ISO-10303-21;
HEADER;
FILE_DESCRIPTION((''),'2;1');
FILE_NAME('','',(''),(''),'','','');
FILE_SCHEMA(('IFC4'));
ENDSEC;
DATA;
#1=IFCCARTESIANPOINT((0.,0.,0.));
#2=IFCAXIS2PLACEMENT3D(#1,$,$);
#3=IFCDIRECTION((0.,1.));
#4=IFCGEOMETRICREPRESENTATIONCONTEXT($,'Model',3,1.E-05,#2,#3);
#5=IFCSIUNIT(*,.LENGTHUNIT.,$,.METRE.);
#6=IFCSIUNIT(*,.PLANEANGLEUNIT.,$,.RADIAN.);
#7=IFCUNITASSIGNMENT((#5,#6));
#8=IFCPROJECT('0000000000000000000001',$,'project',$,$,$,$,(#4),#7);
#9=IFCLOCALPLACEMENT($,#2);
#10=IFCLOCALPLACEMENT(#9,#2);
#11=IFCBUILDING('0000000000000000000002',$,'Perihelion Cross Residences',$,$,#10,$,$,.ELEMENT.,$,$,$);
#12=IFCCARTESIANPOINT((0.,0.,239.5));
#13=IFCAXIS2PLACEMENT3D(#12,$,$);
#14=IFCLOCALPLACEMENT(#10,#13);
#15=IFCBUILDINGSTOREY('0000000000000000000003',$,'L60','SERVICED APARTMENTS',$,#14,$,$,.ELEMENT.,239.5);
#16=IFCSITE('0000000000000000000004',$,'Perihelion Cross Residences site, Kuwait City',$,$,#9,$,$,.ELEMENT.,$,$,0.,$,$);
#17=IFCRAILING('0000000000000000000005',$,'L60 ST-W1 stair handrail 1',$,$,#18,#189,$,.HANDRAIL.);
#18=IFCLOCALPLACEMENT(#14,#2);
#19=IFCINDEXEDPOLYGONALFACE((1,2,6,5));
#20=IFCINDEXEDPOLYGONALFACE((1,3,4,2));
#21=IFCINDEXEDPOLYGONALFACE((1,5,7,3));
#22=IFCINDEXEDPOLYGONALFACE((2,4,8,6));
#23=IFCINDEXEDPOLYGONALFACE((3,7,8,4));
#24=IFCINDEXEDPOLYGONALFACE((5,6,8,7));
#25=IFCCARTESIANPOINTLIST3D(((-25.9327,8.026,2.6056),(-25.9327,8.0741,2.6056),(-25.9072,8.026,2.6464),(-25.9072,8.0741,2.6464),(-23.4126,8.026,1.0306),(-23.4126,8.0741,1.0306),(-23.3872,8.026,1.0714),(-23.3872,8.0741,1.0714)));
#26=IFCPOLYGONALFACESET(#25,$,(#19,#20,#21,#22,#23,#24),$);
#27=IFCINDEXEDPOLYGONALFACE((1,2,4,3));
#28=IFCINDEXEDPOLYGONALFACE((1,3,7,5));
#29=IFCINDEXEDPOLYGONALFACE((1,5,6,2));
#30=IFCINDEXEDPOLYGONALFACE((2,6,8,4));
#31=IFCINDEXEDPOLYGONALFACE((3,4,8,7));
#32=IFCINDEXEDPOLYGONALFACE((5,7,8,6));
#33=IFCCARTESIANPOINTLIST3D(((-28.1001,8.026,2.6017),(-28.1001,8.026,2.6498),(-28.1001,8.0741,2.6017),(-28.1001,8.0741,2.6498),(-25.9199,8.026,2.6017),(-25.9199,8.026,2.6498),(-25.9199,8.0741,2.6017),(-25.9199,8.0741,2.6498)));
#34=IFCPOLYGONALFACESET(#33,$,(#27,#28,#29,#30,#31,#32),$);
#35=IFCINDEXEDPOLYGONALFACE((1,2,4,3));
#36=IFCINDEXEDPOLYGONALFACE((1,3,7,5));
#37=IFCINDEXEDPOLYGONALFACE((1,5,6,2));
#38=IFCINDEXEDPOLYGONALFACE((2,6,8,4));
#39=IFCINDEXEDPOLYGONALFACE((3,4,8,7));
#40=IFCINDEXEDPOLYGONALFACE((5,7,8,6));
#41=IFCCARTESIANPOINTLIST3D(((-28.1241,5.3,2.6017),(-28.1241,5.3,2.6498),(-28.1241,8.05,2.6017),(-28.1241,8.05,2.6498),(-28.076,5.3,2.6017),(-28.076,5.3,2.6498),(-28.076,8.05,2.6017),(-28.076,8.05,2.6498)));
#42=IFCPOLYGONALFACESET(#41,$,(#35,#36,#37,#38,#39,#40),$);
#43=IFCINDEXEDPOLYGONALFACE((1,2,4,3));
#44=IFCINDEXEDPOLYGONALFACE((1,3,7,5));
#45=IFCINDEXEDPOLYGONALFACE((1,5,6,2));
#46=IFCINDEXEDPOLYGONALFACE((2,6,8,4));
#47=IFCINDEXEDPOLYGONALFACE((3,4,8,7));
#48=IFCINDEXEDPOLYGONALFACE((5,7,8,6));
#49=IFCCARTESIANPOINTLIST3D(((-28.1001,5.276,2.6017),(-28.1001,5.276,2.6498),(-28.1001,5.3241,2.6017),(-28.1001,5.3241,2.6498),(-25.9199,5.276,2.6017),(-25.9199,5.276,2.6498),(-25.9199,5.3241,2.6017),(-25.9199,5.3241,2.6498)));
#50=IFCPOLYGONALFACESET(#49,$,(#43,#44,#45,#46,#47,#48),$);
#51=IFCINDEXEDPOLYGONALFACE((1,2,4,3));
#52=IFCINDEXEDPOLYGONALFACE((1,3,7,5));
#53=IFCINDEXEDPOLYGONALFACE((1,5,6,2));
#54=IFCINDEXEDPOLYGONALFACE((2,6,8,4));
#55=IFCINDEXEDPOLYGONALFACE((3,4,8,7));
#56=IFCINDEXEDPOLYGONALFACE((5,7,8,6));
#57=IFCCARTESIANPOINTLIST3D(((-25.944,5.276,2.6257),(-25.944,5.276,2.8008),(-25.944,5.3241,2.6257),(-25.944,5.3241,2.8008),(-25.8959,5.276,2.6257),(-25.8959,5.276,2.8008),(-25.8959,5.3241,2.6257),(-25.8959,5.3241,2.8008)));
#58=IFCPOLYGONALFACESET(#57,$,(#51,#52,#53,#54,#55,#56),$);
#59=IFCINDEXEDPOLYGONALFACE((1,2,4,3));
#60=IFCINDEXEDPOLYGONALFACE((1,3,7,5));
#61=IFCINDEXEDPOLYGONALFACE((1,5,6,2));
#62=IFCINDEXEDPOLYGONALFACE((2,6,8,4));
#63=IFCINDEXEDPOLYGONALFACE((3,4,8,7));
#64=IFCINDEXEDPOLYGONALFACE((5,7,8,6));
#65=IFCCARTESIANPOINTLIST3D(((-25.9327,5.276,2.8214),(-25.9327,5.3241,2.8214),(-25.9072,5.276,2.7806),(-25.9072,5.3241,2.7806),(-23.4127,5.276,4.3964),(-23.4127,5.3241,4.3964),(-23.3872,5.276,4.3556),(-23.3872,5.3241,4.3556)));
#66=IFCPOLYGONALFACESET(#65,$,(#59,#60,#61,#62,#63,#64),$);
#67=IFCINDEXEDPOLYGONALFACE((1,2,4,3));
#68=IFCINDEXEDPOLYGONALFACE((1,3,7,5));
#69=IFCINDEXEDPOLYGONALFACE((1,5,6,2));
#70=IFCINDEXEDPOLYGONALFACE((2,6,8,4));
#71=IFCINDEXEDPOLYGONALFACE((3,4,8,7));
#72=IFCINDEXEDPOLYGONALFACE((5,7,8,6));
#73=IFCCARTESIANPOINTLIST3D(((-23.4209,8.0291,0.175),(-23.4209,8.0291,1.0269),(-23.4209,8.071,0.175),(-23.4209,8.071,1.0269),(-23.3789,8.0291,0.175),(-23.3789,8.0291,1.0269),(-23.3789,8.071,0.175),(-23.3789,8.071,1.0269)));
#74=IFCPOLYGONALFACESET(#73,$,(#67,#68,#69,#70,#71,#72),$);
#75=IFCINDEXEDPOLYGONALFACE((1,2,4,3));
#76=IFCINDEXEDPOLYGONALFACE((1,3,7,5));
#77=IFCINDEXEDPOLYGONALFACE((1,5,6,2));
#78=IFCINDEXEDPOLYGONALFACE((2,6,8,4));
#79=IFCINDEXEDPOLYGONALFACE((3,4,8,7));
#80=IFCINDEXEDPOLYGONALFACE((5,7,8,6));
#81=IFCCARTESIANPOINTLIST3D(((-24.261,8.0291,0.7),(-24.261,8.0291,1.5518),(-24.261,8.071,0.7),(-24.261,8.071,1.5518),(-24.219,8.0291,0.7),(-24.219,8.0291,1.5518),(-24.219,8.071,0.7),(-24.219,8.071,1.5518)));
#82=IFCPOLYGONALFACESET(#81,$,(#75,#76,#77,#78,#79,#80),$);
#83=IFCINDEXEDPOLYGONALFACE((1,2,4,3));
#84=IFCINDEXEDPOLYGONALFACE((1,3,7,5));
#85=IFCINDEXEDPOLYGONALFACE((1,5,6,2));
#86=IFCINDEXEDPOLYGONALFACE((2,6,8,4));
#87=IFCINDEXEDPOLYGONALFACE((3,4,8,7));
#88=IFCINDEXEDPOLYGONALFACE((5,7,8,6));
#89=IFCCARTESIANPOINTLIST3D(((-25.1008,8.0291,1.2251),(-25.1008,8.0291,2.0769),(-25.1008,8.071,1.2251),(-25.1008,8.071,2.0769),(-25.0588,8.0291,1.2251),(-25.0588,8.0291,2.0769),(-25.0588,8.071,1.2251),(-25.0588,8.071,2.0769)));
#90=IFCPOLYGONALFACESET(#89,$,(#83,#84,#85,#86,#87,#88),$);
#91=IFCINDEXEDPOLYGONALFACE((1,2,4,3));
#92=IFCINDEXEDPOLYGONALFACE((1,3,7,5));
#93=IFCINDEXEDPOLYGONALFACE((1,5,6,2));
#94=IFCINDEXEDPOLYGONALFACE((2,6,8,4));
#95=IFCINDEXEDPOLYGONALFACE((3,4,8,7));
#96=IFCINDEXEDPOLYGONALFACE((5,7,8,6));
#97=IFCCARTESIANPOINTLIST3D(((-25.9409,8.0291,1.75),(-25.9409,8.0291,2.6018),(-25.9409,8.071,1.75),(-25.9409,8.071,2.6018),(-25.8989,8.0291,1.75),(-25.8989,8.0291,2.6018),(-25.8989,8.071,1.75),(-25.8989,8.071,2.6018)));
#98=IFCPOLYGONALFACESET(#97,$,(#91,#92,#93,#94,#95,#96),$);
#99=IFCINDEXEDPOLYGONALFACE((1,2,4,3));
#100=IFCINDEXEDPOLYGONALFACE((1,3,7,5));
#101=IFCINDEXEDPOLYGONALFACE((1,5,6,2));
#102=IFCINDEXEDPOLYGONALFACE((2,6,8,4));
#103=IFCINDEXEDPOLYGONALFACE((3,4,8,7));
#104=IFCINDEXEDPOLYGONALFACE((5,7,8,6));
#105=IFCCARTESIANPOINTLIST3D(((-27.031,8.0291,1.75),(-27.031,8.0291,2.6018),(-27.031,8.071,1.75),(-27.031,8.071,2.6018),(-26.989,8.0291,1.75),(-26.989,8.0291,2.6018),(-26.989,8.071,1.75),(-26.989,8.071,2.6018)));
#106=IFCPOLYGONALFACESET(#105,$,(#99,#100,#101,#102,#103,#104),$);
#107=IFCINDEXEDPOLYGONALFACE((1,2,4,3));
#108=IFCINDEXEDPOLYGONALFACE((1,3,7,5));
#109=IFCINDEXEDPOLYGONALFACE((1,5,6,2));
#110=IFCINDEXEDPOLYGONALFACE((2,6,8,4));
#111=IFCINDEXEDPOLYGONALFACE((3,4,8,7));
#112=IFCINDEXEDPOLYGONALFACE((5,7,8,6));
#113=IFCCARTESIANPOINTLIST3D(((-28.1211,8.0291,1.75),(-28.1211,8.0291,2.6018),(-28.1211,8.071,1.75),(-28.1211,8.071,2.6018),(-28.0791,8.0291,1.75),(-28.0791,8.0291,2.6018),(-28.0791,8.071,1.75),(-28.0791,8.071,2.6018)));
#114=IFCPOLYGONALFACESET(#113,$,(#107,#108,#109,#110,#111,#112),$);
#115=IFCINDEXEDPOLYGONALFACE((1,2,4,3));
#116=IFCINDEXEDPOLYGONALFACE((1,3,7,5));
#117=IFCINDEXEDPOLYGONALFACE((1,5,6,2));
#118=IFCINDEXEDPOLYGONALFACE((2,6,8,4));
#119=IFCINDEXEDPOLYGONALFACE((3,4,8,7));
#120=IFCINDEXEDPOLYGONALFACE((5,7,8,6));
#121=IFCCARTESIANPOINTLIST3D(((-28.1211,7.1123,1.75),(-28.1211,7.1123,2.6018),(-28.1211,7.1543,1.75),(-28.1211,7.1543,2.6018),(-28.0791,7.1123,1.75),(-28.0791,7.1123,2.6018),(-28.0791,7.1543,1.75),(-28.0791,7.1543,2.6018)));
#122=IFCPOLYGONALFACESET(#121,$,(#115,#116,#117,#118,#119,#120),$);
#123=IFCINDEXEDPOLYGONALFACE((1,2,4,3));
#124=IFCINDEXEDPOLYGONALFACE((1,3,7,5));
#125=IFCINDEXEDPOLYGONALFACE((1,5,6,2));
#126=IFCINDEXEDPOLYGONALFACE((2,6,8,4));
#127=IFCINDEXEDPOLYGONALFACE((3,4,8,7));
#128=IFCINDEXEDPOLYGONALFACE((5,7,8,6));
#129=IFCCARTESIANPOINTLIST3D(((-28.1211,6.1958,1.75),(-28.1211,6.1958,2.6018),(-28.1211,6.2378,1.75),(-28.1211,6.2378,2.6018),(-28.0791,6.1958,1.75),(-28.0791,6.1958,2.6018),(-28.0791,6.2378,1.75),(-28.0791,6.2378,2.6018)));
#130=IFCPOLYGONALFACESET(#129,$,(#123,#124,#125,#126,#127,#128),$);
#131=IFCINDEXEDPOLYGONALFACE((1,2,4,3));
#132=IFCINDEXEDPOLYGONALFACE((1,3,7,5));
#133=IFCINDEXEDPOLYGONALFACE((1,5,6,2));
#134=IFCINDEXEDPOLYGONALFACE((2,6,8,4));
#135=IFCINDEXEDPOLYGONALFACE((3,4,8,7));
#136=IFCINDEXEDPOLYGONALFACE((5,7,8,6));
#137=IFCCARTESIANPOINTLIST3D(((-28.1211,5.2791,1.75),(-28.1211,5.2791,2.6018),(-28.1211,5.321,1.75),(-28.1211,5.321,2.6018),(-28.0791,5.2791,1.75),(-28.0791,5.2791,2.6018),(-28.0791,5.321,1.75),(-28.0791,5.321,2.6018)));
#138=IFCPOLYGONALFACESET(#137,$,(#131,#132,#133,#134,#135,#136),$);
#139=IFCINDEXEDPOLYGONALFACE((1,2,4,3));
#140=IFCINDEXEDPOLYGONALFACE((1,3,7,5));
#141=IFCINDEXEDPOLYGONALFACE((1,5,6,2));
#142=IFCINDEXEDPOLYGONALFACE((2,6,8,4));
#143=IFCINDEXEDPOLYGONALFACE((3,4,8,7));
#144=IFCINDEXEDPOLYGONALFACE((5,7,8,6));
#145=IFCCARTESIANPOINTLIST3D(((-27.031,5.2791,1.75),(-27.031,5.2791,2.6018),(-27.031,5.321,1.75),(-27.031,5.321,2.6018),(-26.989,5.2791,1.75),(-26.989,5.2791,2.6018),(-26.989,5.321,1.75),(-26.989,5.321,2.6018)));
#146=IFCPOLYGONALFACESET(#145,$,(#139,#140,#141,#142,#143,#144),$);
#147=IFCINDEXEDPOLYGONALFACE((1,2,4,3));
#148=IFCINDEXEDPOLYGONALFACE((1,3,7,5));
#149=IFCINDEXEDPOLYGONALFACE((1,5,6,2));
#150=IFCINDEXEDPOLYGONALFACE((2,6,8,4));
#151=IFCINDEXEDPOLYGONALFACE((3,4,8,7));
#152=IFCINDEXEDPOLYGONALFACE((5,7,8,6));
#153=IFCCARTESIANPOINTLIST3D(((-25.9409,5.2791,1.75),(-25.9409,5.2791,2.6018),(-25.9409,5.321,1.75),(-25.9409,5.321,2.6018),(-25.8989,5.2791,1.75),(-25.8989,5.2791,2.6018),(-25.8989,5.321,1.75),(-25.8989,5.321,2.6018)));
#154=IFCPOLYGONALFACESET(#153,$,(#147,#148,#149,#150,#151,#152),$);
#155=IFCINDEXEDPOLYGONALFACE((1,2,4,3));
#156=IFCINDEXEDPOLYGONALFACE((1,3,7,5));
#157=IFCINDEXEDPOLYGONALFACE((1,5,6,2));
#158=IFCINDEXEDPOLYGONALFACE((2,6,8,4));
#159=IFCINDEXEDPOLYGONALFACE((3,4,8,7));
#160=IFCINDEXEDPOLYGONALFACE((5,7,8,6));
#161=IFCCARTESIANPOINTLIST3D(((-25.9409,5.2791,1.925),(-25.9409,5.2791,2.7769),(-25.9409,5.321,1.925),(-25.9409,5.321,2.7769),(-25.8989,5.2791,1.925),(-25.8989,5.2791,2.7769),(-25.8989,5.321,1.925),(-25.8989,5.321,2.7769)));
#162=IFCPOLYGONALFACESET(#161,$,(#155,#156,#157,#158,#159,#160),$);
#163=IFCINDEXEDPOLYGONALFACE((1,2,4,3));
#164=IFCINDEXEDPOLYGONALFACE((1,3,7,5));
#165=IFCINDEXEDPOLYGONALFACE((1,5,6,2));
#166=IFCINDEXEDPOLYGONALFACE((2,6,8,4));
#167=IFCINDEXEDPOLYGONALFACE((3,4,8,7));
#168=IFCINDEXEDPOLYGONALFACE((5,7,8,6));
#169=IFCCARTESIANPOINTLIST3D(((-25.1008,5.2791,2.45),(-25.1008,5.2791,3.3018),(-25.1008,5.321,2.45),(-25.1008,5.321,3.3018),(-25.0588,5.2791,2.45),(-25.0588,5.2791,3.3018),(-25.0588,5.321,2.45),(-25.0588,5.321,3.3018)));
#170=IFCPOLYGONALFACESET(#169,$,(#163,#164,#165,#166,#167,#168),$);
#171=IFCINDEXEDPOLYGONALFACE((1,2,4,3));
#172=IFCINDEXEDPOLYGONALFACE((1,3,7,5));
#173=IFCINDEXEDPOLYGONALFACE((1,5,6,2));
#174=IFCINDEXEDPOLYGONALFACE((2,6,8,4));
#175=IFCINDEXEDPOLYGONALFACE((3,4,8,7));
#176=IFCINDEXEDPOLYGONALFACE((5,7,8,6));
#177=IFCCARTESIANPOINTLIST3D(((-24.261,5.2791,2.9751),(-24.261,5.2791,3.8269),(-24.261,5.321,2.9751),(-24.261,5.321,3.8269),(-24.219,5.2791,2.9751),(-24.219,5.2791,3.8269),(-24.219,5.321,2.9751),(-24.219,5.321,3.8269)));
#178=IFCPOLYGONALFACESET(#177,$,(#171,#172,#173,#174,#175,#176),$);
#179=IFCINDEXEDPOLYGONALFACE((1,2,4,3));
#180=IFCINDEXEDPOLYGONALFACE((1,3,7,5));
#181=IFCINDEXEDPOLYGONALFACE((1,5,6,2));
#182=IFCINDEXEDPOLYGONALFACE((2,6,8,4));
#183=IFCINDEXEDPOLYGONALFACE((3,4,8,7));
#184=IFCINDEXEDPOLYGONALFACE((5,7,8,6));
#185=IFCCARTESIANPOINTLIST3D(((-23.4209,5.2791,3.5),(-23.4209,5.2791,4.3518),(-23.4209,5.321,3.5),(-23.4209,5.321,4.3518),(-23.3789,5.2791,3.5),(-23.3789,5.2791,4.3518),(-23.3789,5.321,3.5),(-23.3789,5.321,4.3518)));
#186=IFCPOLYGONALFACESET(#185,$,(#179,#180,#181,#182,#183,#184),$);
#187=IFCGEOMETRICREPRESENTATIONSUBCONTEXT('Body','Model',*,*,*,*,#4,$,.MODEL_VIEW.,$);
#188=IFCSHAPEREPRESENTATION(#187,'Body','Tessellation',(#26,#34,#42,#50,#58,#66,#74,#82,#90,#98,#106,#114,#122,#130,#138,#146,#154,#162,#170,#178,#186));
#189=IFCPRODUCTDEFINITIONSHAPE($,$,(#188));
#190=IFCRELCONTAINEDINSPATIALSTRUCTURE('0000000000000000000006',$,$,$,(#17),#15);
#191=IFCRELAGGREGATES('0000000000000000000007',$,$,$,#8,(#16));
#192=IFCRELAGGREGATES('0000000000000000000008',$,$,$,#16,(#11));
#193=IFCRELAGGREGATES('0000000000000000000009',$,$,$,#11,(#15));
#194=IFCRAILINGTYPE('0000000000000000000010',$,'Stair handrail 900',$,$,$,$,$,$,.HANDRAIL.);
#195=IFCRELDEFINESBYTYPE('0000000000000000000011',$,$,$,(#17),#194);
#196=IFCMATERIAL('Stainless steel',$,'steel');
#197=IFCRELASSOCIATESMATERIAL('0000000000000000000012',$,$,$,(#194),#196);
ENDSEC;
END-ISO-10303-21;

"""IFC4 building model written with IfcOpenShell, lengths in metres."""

from ifc_helpers import new_model, si_unit, direction, frame, origin, origin_2d, place, context, subcontext, project, spatial, rectangle, extrude, material, type_object, element, save


model = new_model("IFC4")

# Units and contexts
model_context = context("Model", 3, precision=1e-05, world=origin(), true_north=direction((0.0, 1.0)))
body_context = subcontext(model_context, "Body", "Model", "MODEL_VIEW")
ifc_project = project(units=[si_unit("LENGTHUNIT", "METRE"), si_unit("PLANEANGLEUNIT", "RADIAN")], contexts=[model_context])

# Site, building, storey
site_placement = place(None, origin())
site = spatial("IfcSite", under=ifc_project, at=site_placement, Name="Perihelion Cross Residences site, Kuwait City", CompositionType="ELEMENT", RefElevation=0.0)
building_placement = place(site_placement, origin())
building = spatial("IfcBuilding", under=site, at=building_placement, Name="Perihelion Cross Residences", CompositionType="ELEMENT")
storey_placement = place(building_placement, frame((0.0, 0.0, 239.5)))
storey = spatial("IfcBuildingStorey", under=building, at=storey_placement, Name="L60", Description="SERVICED APARTMENTS", CompositionType="ELEMENT", Elevation=239.5)

# Railing
ifc_material_1 = material(Name="Stainless steel", Category="steel")
railing_type_1 = type_object("IfcRailingType", Name="Stair handrail 900", PredefinedType="HANDRAIL", material=ifc_material_1)
railing_1_placement = place(storey_placement, frame((-23.3999, 8.05, 0.175)))
element("IfcRailing", 1, at=railing_1_placement, inside=storey, type_object=railing_type_1, Name="L60 ST-W1 stair handrail 1", PredefinedType="HANDRAIL", context=body_context, shape_type="SweptSolid", body=[
    extrude(rectangle(XDim=0.0481, YDim=0.0481, at=origin_2d()), frame((0.0, 0.0, 0.876), z_axis=(-0.848008, 0.0, 0.529984), x_axis=(0.0, -1.0, 0.0)), (0.0, 0.0, 1.0), 2.9717),
    extrude(rectangle(XDim=0.0481, YDim=0.0481, at=origin_2d()), frame((-2.52, 0.0, 2.4507), z_axis=(-1.0, 0.0, 0.0), x_axis=(0.0, -1.0, 0.0)), (0.0, 0.0, 1.0), 2.1802),
    extrude(rectangle(XDim=0.0481, YDim=0.0481, at=origin_2d()), frame((-4.7002, 0.0, 2.4507), z_axis=(0.0, -1.0, 0.0), x_axis=(1.0, 0.0, 0.0)), (0.0, 0.0, 1.0), 2.75),
    extrude(rectangle(XDim=0.0481, YDim=0.0481, at=origin_2d()), frame((-4.7002, -2.75, 2.4507), z_axis=(1.0, 0.0, 0.0), x_axis=(0.0, 1.0, 0.0)), (0.0, 0.0, 1.0), 2.1802),
    extrude(rectangle(XDim=0.0481, YDim=0.0481, at=origin_2d()), frame((-2.52, -2.75, 2.4507), z_axis=(0.0, 0.0, 1.0), x_axis=(1.0, 0.0, 0.0)), (0.0, 0.0, 1.0), 0.175),
    extrude(rectangle(XDim=0.0481, YDim=0.0481, at=origin_2d()), frame((-2.52, -2.75, 2.626), z_axis=(0.848008, 0.0, 0.529984), x_axis=(0.0, 1.0, 0.0)), (0.0, 0.0, 1.0), 2.9717),
    extrude(rectangle(XDim=0.042, YDim=0.042, at=origin_2d()), origin(), (0.0, 0.0, 1.0), 0.8518),
    extrude(rectangle(XDim=0.042, YDim=0.042, at=origin_2d()), frame((-0.8401, 0.0, 0.5249)), (0.0, 0.0, 1.0), 0.8518),
    extrude(rectangle(XDim=0.042, YDim=0.042, at=origin_2d()), frame((-1.6799, 0.0, 1.05)), (0.0, 0.0, 1.0), 0.8518),
    extrude(rectangle(XDim=0.042, YDim=0.042, at=origin_2d()), frame((-2.52, 0.0, 1.575)), (0.0, 0.0, 1.0), 0.8518),
    extrude(rectangle(XDim=0.042, YDim=0.042, at=origin_2d()), frame((-3.6101, 0.0, 1.575)), (0.0, 0.0, 1.0), 0.8518),
    extrude(rectangle(XDim=0.042, YDim=0.042, at=origin_2d()), frame((-4.7002, 0.0, 1.575)), (0.0, 0.0, 1.0), 0.8518),
    extrude(rectangle(XDim=0.042, YDim=0.042, at=origin_2d()), frame((-4.7002, -0.9167, 1.575)), (0.0, 0.0, 1.0), 0.8518),
    extrude(rectangle(XDim=0.042, YDim=0.042, at=origin_2d()), frame((-4.7002, -1.8333, 1.575)), (0.0, 0.0, 1.0), 0.8518),
    extrude(rectangle(XDim=0.042, YDim=0.042, at=origin_2d()), frame((-4.7002, -2.75, 1.575)), (0.0, 0.0, 1.0), 0.8518),
    extrude(rectangle(XDim=0.042, YDim=0.042, at=origin_2d()), frame((-3.6101, -2.75, 1.575)), (0.0, 0.0, 1.0), 0.8518),
    extrude(rectangle(XDim=0.042, YDim=0.042, at=origin_2d()), frame((-2.52, -2.75, 1.575)), (0.0, 0.0, 1.0), 0.8518),
    extrude(rectangle(XDim=0.042, YDim=0.042, at=origin_2d()), frame((-2.52, -2.75, 1.75)), (0.0, 0.0, 1.0), 0.8518),
    extrude(rectangle(XDim=0.042, YDim=0.042, at=origin_2d()), frame((-1.6799, -2.75, 2.2749)), (0.0, 0.0, 1.0), 0.8518),
    extrude(rectangle(XDim=0.042, YDim=0.042, at=origin_2d()), frame((-0.8401, -2.75, 2.8)), (0.0, 0.0, 1.0), 0.8518),
    extrude(rectangle(XDim=0.042, YDim=0.042, at=origin_2d()), frame((0.0, -2.75, 3.325)), (0.0, 0.0, 1.0), 0.8518),
])

save(model, "model.ifc")
